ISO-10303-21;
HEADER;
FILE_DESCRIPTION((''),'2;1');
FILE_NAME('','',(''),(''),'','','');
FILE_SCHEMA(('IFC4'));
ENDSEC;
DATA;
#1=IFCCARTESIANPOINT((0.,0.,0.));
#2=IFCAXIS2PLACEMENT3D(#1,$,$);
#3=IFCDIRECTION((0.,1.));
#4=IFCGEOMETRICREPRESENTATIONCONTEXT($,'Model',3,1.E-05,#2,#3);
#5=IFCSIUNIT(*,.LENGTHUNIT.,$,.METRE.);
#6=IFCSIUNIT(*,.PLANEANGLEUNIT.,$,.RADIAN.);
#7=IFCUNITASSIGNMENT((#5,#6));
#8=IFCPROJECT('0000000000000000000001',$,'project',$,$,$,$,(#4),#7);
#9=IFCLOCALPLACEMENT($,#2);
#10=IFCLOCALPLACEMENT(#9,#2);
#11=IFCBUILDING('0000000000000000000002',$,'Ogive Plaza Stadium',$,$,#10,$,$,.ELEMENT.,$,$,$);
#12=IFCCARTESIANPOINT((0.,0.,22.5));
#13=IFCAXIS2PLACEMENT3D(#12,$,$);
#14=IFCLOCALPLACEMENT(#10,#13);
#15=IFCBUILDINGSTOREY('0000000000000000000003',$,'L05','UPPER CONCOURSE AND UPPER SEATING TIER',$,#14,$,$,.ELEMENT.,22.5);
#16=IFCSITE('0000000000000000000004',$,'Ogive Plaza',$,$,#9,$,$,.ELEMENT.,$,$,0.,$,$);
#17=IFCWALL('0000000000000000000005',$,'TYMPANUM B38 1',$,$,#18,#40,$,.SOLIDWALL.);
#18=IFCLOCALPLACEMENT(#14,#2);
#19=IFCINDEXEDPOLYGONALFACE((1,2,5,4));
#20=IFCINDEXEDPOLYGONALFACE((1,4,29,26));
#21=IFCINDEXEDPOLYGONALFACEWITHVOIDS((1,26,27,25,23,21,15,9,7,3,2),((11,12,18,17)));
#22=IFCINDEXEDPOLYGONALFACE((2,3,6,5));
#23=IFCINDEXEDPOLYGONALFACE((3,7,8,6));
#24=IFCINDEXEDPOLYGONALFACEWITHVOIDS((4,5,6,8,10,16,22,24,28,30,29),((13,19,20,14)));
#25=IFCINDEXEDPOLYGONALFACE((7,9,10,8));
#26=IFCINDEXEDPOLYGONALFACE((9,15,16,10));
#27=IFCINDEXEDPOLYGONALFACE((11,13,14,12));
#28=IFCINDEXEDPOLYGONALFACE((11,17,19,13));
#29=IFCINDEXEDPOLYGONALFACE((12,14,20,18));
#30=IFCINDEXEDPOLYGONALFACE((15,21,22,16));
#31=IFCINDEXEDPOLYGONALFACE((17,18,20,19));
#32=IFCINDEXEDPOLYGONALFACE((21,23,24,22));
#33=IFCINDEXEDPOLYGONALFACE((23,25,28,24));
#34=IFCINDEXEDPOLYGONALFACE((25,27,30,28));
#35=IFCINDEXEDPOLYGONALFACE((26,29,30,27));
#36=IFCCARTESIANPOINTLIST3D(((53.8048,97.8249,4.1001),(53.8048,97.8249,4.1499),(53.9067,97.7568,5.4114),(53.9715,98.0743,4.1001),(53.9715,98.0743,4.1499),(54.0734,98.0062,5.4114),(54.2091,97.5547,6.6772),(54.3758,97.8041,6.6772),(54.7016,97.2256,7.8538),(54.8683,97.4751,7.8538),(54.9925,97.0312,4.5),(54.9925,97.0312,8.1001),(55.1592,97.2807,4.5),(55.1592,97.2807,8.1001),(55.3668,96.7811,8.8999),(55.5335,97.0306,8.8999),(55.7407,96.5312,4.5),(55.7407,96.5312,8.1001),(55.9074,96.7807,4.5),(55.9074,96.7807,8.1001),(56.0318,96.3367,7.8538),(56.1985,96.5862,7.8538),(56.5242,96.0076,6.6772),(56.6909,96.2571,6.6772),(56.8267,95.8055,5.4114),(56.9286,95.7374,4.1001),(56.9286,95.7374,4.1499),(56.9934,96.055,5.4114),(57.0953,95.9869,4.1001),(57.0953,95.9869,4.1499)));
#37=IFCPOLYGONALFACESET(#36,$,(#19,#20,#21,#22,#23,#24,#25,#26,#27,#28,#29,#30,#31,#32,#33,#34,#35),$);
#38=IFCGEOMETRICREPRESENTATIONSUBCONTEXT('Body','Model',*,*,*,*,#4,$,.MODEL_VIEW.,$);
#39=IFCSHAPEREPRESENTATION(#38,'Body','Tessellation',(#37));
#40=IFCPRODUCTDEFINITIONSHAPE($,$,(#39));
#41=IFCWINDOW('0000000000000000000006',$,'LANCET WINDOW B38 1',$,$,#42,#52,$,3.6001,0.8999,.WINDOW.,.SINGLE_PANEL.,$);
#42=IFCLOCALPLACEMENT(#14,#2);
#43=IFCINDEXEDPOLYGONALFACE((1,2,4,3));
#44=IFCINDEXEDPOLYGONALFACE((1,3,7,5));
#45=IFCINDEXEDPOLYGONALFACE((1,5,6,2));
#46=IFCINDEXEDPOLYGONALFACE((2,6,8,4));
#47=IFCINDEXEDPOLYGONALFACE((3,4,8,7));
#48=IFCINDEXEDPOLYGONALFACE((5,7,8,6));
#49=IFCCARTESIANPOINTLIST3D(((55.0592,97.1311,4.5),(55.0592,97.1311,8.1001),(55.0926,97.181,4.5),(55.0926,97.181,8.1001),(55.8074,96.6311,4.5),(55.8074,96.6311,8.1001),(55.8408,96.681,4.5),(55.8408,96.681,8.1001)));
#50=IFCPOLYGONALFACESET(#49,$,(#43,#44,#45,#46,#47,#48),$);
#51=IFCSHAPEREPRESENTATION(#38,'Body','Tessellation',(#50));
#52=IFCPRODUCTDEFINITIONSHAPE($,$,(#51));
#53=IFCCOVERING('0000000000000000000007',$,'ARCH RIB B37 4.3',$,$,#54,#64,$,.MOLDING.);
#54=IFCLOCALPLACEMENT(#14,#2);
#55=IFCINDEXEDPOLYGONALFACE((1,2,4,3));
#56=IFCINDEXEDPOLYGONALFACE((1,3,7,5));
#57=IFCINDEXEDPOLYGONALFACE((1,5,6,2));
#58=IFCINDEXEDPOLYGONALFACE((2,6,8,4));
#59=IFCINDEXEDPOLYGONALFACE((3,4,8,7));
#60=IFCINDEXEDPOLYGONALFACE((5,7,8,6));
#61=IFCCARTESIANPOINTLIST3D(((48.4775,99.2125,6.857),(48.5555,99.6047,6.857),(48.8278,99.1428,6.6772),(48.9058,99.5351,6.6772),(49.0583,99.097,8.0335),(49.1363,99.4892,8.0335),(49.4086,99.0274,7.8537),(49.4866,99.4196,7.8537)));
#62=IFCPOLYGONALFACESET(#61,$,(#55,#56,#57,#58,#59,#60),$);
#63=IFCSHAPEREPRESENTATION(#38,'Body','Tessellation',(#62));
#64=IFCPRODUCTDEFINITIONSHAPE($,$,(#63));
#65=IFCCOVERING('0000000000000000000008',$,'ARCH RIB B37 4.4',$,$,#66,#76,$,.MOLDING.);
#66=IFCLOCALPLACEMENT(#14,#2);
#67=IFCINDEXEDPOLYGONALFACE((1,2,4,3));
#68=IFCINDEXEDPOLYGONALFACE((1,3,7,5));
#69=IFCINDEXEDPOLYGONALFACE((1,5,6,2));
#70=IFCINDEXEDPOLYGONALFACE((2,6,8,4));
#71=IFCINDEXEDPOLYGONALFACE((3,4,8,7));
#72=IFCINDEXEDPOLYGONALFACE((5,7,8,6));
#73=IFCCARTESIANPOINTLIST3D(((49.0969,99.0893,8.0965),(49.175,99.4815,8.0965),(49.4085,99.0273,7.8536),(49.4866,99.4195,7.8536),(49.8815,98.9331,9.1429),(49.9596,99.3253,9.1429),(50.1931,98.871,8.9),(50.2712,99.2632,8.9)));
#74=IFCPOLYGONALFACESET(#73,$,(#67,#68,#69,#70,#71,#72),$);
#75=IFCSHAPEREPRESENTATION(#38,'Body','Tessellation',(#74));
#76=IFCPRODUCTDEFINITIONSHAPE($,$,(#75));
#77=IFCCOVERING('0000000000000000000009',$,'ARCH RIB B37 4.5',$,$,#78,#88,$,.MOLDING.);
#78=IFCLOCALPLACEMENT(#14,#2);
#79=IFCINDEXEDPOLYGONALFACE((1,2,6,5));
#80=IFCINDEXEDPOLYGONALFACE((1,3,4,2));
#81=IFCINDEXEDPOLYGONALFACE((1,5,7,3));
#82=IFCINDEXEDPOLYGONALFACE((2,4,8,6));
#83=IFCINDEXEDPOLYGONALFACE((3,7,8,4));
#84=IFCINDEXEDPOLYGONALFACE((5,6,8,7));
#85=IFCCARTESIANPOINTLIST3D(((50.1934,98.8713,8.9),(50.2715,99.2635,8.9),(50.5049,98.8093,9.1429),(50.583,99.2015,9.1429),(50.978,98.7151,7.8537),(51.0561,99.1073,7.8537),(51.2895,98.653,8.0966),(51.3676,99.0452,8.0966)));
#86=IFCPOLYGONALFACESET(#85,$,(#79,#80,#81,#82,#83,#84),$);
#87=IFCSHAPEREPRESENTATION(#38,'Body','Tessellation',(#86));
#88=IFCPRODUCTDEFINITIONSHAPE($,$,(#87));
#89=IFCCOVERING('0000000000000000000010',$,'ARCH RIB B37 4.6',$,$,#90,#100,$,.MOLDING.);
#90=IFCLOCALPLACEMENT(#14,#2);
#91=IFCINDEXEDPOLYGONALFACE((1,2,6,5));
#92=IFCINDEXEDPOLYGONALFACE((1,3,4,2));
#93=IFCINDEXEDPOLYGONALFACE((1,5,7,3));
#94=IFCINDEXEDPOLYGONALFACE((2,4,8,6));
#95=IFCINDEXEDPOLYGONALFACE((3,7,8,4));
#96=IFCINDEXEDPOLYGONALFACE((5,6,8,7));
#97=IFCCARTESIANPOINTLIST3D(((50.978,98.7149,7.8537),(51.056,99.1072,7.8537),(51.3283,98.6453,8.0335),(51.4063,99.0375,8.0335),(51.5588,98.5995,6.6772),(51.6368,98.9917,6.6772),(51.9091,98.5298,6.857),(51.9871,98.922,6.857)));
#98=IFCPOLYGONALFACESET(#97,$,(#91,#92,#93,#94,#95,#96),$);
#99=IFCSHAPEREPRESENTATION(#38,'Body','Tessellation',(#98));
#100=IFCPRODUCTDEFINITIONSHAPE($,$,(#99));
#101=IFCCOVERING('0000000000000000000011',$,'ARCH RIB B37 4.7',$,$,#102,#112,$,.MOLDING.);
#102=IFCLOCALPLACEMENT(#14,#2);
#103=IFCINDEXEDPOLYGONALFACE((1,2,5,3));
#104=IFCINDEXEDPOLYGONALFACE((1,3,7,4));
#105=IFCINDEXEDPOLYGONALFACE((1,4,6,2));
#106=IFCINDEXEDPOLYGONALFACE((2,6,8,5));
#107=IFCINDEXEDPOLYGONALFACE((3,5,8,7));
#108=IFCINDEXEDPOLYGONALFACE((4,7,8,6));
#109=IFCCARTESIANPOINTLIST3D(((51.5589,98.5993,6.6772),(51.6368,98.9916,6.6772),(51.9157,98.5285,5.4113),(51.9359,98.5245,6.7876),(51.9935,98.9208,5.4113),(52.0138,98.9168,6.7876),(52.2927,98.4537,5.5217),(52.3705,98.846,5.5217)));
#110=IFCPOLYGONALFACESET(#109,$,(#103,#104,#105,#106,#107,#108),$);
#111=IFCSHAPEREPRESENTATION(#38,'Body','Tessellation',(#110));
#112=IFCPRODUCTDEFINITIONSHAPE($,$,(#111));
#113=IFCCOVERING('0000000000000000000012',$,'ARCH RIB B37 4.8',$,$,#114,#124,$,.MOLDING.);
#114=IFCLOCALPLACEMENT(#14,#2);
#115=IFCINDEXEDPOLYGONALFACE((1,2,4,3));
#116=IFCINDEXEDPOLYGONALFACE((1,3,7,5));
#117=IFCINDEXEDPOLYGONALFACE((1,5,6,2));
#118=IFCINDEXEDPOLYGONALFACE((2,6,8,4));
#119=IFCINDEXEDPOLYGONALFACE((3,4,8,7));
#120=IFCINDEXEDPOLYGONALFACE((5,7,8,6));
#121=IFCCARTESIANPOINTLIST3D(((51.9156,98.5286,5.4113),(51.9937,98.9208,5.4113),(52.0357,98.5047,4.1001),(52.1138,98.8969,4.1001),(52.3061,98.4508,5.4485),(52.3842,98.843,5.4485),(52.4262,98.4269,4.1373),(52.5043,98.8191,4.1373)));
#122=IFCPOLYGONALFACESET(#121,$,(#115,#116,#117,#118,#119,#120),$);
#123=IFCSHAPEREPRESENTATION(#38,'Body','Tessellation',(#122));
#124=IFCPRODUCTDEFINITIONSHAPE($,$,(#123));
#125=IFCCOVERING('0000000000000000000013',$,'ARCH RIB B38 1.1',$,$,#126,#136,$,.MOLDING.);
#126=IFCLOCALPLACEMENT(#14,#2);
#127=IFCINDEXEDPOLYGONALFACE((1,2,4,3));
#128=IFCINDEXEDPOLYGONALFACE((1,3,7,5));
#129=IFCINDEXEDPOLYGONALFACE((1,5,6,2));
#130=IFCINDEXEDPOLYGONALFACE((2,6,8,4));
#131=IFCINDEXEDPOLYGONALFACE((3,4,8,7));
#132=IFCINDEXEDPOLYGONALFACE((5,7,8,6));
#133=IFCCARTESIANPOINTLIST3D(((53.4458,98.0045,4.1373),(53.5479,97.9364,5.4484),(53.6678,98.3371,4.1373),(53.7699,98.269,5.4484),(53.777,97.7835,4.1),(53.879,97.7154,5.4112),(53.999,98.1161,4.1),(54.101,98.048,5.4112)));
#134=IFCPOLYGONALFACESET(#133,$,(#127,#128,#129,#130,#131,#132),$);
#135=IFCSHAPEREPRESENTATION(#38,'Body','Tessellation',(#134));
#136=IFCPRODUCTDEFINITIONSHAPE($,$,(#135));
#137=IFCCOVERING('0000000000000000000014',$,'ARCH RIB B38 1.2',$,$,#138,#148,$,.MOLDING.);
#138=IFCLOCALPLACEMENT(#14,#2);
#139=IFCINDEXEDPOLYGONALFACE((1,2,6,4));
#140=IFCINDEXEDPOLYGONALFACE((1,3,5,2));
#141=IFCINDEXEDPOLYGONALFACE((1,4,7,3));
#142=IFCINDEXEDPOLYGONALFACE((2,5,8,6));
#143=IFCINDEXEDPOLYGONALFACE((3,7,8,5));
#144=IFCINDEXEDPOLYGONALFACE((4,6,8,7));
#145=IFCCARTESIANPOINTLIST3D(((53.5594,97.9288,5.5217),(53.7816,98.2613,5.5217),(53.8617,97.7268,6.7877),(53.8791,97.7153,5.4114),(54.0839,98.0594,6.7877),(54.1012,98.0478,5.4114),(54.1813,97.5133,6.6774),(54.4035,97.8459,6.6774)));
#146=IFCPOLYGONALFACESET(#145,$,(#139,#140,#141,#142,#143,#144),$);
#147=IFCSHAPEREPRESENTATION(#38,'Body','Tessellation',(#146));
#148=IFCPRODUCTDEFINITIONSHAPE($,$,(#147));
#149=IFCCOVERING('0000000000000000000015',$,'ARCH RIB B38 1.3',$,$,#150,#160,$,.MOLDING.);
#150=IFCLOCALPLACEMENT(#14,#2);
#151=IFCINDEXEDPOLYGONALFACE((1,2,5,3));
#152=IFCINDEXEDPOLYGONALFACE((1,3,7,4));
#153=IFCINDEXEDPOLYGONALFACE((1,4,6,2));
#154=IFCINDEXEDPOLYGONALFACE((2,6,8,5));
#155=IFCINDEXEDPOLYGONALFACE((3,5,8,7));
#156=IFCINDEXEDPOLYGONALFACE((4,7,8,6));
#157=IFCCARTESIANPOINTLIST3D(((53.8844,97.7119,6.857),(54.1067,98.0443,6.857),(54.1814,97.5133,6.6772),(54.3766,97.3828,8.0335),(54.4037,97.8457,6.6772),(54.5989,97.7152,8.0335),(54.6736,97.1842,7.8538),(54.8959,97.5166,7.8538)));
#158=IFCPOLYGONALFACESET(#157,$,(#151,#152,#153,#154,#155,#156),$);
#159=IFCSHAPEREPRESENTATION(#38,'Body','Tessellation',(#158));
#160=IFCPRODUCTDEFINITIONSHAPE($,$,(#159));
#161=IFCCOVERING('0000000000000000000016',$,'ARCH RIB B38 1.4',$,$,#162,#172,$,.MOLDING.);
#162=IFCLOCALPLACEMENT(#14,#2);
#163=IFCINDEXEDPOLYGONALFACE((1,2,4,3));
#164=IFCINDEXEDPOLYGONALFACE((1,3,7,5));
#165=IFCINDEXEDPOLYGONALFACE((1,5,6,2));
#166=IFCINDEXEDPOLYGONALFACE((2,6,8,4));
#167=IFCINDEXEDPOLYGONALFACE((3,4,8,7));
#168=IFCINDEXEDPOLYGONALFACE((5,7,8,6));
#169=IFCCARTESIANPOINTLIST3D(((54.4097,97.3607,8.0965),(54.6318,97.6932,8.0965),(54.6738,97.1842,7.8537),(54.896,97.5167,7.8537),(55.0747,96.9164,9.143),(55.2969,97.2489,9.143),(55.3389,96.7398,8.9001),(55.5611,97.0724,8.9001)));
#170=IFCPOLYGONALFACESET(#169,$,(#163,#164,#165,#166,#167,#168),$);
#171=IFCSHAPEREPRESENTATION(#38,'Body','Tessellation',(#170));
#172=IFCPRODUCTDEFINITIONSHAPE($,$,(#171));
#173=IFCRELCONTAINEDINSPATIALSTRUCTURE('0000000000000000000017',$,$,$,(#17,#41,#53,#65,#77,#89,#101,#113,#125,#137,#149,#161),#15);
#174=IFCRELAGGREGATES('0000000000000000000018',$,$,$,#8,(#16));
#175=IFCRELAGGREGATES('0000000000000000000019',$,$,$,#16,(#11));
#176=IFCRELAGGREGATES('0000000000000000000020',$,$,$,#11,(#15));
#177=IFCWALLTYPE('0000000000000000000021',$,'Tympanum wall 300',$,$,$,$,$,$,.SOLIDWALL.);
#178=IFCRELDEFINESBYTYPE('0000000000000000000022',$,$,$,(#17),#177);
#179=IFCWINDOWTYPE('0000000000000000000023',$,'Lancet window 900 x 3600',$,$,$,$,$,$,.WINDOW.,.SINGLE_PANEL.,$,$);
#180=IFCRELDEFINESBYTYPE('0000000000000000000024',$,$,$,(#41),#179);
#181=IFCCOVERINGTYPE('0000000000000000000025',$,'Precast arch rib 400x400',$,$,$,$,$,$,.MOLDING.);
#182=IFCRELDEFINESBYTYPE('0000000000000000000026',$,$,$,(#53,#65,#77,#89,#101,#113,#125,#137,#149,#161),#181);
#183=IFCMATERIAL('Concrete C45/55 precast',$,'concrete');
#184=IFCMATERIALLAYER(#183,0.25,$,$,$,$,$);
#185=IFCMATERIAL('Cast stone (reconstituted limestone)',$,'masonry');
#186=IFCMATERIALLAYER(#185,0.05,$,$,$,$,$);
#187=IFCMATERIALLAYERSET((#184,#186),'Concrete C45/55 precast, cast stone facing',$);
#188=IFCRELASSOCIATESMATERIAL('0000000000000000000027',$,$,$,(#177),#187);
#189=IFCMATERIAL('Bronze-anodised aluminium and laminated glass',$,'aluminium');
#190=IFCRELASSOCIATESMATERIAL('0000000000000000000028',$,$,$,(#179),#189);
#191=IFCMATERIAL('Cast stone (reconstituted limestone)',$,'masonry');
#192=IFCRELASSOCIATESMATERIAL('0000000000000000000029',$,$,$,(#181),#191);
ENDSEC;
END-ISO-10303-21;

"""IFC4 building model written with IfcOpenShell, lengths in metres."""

from ifc_helpers import new_model, si_unit, direction, frame, frame_2d, origin, origin_2d, place, context, subcontext, project, spatial, polyline, rectangle, outline, extrude, material, layer, layer_set, material_profile, profile_set, type_object, element, fill, save


model = new_model("IFC4")

# Units and contexts
model_context = context("Model", 3, precision=1e-05, world=origin(), true_north=direction((0.0, 1.0)))
body_context = subcontext(model_context, "Body", "Model", "MODEL_VIEW")
ifc_project = project(units=[si_unit("LENGTHUNIT", "METRE"), si_unit("PLANEANGLEUNIT", "RADIAN")], contexts=[model_context])

# Site, building, storey
site_placement = place(None, origin())
site = spatial("IfcSite", under=ifc_project, at=site_placement, Name="Ogive Plaza", CompositionType="ELEMENT", RefElevation=0.0)
building_placement = place(site_placement, origin())
building = spatial("IfcBuilding", under=site, at=building_placement, Name="Ogive Plaza Stadium", CompositionType="ELEMENT")
storey_placement = place(building_placement, frame((0.0, 0.0, 22.5)))
storey = spatial("IfcBuildingStorey", under=building, at=storey_placement, Name="L05", Description="UPPER CONCOURSE AND UPPER SEATING TIER", CompositionType="ELEMENT", Elevation=22.5)

# Wall, opening, window
ifc_material_1 = material(Name="Concrete C45/55 precast", Category="concrete")
ifc_layer_1 = layer(ifc_material_1, 0.25)
ifc_material_2 = material(Name="Cast stone (reconstituted limestone)", Category="masonry")
ifc_layer_2 = layer(ifc_material_2, 0.05)
ifc_layer_set_1 = layer_set([ifc_layer_1, ifc_layer_2], Name="Concrete C45/55 precast, cast stone facing")
wall_type = type_object("IfcWallType", Name="Tympanum wall 300", PredefinedType="SOLIDWALL", material=ifc_layer_set_1)
wall_placement = place(storey_placement, frame((53.8882, 97.9497, 4.1001), z_axis=(0.0, 0.0, 1.0), x_axis=(0.83145, -0.5556, 0.0)))
wall = element("IfcWall", 1, at=wall_placement, inside=storey, type_object=wall_type, Name="TYMPANUM B38 1", PredefinedType="SOLIDWALL", context=body_context, shape_type="SweptSolid", body=[
    extrude(outline(polyline([(0.0, 0.0), (3.7571, 0.0), (3.7571, 0.0498), (3.6345, 1.3113), (3.2708, 2.5771), (2.6785, 3.7537), (1.8787, 4.7998), (1.0786, 3.7537), (0.4863, 2.5771), (0.1226, 1.3113), (0.0, 0.0498), (0.0, 0.0)])), frame((0.0, 0.1499, 0.0), z_axis=(0.0, -1.0, 0.0), x_axis=(1.0, 0.0, 0.0)), (0.0, 0.0, 1.0), 0.3),
])
opening_placement = place(wall_placement, frame((1.4285, 0.0, 0.3999)))
opening = element("IfcOpeningElement", 2, at=opening_placement, cuts=wall, PredefinedType="OPENING", context=body_context, shape_type="SweptSolid", body=[
    extrude(rectangle(XDim=0.8999, YDim=3.6001, at=frame_2d((0.45, 1.8))), frame((0.0, 0.1602, 0.0), z_axis=(0.0, -1.0, 0.0), x_axis=(1.0, 0.0, 0.0)), (0.0, 0.0, 1.0), 0.3201),
])
ifc_material_3 = material(Name="Bronze-anodised aluminium and laminated glass", Category="aluminium")
window_type = type_object("IfcWindowType", Name="Lancet window 900 x 3600", PartitioningType="SINGLE_PANEL", PredefinedType="WINDOW", material=ifc_material_3)
window_placement = place(opening_placement, origin())
window = element("IfcWindow", 3, at=window_placement, inside=storey, type_object=window_type, Name="LANCET WINDOW B38 1", OverallHeight=3.6001, OverallWidth=0.8999, PartitioningType="SINGLE_PANEL", PredefinedType="WINDOW", context=body_context, shape_type="SweptSolid", body=[
    extrude(rectangle(XDim=0.8999, YDim=3.6001, at=frame_2d((0.45, 1.8))), frame((0.0, 0.03, 0.0), z_axis=(0.0, -1.0, 0.0), x_axis=(1.0, 0.0, 0.0)), (0.0, 0.0, 1.0), 0.0601),
])
fill(opening, window)

# Coverings
ifc_material_4 = material(Name="Cast stone (reconstituted limestone)", Category="masonry")
ifc_material_profile_1 = material_profile(ifc_material_4, rectangle(XDim=0.3999, YDim=0.3999, at=origin_2d()), Name="Cast stone 400x400")
ifc_profile_set_1 = profile_set([ifc_material_profile_1], Name="Cast stone (reconstituted limestone)")
covering_type = type_object("IfcCoveringType", Name="Precast arch rib 400x400", PredefinedType="MOLDING", material=ifc_profile_set_1)
for number, where, z_axis, x_axis, name in (
    (4, (48.6917, 99.3738, 6.7671), (0.440963, -0.087674, 0.893233), (0.195006, 0.980802, 0.0), "ARCH RIB B37 4.3"),
    (5, (49.2917, 99.2544, 7.9751), (0.595704, -0.118622, 0.794396), (0.195295, 0.980745, 0.0), "ARCH RIB B37 4.4"),
    (6, (50.3882, 99.0364, 9.0215), (0.595704, -0.118622, -0.794396), (0.195295, 0.980745, 0.0), "ARCH RIB B37 4.5"),
    (7, (51.1921, 98.8762, 7.9436), (0.440963, -0.087674, -0.893233), (0.195006, 0.980802, 0.0), "ARCH RIB B37 4.6"),
    (8, (51.7864, 98.7581, 6.7324), (0.270821, -0.053756, -0.961128), (0.194696, 0.980864, 0.0), "ARCH RIB B37 4.7"),
):
    element("IfcCovering", number, at=place(storey_placement, frame(where, z_axis=z_axis, x_axis=x_axis)), inside=storey, type_object=covering_type, Name=name, PredefinedType="MOLDING", context=body_context, shape_type="SweptSolid", body=[
        extrude(rectangle(XDim=0.3999, YDim=0.3999, at=origin_2d()), origin(), (0.0, 0.0, 1.0), 1.3171),
    ])
for number, where, z_axis, x_axis, name in (
    (9, (52.1499, 98.6858, 5.4299), (0.091206, -0.018167, -0.995666), (0.195349, 0.980734, 0.0), "ARCH RIB B37 4.8"),
    (10, (53.7224, 98.0603, 4.1187), (0.077487, -0.05172, 0.995651), (0.555159, 0.831744, 0.0), "ARCH RIB B38 1.1"),
):
    element("IfcCovering", number, at=place(storey_placement, frame(where, z_axis=z_axis, x_axis=x_axis)), inside=storey, type_object=covering_type, Name=name, PredefinedType="MOLDING", context=body_context, shape_type="SweptSolid", body=[
        extrude(rectangle(XDim=0.3999, YDim=0.3999, at=origin_2d()), origin(), (0.0, 0.0, 1.0), 1.3169),
    ])
for number, where, z_axis, x_axis, name in (
    (11, (53.8303, 97.9883, 5.4666), (0.229492, -0.153304, 0.961161), (0.555475, 0.831533, 0.0), "ARCH RIB B38 1.2"),
    (12, (54.144, 97.7788, 6.7671), (0.373692, -0.249869, 0.893264), (0.555842, 0.831288, 0.0), "ARCH RIB B38 1.3"),
    (13, (54.6528, 97.4387, 7.9751), (0.504944, -0.337371, 0.794489), (0.555545, 0.831486, 0.0), "ARCH RIB B38 1.4"),
):
    element("IfcCovering", number, at=place(storey_placement, frame(where, z_axis=z_axis, x_axis=x_axis)), inside=storey, type_object=covering_type, Name=name, PredefinedType="MOLDING", context=body_context, shape_type="SweptSolid", body=[
        extrude(rectangle(XDim=0.3999, YDim=0.3999, at=origin_2d()), origin(), (0.0, 0.0, 1.0), 1.3171),
    ])

save(model, "model.ifc")
